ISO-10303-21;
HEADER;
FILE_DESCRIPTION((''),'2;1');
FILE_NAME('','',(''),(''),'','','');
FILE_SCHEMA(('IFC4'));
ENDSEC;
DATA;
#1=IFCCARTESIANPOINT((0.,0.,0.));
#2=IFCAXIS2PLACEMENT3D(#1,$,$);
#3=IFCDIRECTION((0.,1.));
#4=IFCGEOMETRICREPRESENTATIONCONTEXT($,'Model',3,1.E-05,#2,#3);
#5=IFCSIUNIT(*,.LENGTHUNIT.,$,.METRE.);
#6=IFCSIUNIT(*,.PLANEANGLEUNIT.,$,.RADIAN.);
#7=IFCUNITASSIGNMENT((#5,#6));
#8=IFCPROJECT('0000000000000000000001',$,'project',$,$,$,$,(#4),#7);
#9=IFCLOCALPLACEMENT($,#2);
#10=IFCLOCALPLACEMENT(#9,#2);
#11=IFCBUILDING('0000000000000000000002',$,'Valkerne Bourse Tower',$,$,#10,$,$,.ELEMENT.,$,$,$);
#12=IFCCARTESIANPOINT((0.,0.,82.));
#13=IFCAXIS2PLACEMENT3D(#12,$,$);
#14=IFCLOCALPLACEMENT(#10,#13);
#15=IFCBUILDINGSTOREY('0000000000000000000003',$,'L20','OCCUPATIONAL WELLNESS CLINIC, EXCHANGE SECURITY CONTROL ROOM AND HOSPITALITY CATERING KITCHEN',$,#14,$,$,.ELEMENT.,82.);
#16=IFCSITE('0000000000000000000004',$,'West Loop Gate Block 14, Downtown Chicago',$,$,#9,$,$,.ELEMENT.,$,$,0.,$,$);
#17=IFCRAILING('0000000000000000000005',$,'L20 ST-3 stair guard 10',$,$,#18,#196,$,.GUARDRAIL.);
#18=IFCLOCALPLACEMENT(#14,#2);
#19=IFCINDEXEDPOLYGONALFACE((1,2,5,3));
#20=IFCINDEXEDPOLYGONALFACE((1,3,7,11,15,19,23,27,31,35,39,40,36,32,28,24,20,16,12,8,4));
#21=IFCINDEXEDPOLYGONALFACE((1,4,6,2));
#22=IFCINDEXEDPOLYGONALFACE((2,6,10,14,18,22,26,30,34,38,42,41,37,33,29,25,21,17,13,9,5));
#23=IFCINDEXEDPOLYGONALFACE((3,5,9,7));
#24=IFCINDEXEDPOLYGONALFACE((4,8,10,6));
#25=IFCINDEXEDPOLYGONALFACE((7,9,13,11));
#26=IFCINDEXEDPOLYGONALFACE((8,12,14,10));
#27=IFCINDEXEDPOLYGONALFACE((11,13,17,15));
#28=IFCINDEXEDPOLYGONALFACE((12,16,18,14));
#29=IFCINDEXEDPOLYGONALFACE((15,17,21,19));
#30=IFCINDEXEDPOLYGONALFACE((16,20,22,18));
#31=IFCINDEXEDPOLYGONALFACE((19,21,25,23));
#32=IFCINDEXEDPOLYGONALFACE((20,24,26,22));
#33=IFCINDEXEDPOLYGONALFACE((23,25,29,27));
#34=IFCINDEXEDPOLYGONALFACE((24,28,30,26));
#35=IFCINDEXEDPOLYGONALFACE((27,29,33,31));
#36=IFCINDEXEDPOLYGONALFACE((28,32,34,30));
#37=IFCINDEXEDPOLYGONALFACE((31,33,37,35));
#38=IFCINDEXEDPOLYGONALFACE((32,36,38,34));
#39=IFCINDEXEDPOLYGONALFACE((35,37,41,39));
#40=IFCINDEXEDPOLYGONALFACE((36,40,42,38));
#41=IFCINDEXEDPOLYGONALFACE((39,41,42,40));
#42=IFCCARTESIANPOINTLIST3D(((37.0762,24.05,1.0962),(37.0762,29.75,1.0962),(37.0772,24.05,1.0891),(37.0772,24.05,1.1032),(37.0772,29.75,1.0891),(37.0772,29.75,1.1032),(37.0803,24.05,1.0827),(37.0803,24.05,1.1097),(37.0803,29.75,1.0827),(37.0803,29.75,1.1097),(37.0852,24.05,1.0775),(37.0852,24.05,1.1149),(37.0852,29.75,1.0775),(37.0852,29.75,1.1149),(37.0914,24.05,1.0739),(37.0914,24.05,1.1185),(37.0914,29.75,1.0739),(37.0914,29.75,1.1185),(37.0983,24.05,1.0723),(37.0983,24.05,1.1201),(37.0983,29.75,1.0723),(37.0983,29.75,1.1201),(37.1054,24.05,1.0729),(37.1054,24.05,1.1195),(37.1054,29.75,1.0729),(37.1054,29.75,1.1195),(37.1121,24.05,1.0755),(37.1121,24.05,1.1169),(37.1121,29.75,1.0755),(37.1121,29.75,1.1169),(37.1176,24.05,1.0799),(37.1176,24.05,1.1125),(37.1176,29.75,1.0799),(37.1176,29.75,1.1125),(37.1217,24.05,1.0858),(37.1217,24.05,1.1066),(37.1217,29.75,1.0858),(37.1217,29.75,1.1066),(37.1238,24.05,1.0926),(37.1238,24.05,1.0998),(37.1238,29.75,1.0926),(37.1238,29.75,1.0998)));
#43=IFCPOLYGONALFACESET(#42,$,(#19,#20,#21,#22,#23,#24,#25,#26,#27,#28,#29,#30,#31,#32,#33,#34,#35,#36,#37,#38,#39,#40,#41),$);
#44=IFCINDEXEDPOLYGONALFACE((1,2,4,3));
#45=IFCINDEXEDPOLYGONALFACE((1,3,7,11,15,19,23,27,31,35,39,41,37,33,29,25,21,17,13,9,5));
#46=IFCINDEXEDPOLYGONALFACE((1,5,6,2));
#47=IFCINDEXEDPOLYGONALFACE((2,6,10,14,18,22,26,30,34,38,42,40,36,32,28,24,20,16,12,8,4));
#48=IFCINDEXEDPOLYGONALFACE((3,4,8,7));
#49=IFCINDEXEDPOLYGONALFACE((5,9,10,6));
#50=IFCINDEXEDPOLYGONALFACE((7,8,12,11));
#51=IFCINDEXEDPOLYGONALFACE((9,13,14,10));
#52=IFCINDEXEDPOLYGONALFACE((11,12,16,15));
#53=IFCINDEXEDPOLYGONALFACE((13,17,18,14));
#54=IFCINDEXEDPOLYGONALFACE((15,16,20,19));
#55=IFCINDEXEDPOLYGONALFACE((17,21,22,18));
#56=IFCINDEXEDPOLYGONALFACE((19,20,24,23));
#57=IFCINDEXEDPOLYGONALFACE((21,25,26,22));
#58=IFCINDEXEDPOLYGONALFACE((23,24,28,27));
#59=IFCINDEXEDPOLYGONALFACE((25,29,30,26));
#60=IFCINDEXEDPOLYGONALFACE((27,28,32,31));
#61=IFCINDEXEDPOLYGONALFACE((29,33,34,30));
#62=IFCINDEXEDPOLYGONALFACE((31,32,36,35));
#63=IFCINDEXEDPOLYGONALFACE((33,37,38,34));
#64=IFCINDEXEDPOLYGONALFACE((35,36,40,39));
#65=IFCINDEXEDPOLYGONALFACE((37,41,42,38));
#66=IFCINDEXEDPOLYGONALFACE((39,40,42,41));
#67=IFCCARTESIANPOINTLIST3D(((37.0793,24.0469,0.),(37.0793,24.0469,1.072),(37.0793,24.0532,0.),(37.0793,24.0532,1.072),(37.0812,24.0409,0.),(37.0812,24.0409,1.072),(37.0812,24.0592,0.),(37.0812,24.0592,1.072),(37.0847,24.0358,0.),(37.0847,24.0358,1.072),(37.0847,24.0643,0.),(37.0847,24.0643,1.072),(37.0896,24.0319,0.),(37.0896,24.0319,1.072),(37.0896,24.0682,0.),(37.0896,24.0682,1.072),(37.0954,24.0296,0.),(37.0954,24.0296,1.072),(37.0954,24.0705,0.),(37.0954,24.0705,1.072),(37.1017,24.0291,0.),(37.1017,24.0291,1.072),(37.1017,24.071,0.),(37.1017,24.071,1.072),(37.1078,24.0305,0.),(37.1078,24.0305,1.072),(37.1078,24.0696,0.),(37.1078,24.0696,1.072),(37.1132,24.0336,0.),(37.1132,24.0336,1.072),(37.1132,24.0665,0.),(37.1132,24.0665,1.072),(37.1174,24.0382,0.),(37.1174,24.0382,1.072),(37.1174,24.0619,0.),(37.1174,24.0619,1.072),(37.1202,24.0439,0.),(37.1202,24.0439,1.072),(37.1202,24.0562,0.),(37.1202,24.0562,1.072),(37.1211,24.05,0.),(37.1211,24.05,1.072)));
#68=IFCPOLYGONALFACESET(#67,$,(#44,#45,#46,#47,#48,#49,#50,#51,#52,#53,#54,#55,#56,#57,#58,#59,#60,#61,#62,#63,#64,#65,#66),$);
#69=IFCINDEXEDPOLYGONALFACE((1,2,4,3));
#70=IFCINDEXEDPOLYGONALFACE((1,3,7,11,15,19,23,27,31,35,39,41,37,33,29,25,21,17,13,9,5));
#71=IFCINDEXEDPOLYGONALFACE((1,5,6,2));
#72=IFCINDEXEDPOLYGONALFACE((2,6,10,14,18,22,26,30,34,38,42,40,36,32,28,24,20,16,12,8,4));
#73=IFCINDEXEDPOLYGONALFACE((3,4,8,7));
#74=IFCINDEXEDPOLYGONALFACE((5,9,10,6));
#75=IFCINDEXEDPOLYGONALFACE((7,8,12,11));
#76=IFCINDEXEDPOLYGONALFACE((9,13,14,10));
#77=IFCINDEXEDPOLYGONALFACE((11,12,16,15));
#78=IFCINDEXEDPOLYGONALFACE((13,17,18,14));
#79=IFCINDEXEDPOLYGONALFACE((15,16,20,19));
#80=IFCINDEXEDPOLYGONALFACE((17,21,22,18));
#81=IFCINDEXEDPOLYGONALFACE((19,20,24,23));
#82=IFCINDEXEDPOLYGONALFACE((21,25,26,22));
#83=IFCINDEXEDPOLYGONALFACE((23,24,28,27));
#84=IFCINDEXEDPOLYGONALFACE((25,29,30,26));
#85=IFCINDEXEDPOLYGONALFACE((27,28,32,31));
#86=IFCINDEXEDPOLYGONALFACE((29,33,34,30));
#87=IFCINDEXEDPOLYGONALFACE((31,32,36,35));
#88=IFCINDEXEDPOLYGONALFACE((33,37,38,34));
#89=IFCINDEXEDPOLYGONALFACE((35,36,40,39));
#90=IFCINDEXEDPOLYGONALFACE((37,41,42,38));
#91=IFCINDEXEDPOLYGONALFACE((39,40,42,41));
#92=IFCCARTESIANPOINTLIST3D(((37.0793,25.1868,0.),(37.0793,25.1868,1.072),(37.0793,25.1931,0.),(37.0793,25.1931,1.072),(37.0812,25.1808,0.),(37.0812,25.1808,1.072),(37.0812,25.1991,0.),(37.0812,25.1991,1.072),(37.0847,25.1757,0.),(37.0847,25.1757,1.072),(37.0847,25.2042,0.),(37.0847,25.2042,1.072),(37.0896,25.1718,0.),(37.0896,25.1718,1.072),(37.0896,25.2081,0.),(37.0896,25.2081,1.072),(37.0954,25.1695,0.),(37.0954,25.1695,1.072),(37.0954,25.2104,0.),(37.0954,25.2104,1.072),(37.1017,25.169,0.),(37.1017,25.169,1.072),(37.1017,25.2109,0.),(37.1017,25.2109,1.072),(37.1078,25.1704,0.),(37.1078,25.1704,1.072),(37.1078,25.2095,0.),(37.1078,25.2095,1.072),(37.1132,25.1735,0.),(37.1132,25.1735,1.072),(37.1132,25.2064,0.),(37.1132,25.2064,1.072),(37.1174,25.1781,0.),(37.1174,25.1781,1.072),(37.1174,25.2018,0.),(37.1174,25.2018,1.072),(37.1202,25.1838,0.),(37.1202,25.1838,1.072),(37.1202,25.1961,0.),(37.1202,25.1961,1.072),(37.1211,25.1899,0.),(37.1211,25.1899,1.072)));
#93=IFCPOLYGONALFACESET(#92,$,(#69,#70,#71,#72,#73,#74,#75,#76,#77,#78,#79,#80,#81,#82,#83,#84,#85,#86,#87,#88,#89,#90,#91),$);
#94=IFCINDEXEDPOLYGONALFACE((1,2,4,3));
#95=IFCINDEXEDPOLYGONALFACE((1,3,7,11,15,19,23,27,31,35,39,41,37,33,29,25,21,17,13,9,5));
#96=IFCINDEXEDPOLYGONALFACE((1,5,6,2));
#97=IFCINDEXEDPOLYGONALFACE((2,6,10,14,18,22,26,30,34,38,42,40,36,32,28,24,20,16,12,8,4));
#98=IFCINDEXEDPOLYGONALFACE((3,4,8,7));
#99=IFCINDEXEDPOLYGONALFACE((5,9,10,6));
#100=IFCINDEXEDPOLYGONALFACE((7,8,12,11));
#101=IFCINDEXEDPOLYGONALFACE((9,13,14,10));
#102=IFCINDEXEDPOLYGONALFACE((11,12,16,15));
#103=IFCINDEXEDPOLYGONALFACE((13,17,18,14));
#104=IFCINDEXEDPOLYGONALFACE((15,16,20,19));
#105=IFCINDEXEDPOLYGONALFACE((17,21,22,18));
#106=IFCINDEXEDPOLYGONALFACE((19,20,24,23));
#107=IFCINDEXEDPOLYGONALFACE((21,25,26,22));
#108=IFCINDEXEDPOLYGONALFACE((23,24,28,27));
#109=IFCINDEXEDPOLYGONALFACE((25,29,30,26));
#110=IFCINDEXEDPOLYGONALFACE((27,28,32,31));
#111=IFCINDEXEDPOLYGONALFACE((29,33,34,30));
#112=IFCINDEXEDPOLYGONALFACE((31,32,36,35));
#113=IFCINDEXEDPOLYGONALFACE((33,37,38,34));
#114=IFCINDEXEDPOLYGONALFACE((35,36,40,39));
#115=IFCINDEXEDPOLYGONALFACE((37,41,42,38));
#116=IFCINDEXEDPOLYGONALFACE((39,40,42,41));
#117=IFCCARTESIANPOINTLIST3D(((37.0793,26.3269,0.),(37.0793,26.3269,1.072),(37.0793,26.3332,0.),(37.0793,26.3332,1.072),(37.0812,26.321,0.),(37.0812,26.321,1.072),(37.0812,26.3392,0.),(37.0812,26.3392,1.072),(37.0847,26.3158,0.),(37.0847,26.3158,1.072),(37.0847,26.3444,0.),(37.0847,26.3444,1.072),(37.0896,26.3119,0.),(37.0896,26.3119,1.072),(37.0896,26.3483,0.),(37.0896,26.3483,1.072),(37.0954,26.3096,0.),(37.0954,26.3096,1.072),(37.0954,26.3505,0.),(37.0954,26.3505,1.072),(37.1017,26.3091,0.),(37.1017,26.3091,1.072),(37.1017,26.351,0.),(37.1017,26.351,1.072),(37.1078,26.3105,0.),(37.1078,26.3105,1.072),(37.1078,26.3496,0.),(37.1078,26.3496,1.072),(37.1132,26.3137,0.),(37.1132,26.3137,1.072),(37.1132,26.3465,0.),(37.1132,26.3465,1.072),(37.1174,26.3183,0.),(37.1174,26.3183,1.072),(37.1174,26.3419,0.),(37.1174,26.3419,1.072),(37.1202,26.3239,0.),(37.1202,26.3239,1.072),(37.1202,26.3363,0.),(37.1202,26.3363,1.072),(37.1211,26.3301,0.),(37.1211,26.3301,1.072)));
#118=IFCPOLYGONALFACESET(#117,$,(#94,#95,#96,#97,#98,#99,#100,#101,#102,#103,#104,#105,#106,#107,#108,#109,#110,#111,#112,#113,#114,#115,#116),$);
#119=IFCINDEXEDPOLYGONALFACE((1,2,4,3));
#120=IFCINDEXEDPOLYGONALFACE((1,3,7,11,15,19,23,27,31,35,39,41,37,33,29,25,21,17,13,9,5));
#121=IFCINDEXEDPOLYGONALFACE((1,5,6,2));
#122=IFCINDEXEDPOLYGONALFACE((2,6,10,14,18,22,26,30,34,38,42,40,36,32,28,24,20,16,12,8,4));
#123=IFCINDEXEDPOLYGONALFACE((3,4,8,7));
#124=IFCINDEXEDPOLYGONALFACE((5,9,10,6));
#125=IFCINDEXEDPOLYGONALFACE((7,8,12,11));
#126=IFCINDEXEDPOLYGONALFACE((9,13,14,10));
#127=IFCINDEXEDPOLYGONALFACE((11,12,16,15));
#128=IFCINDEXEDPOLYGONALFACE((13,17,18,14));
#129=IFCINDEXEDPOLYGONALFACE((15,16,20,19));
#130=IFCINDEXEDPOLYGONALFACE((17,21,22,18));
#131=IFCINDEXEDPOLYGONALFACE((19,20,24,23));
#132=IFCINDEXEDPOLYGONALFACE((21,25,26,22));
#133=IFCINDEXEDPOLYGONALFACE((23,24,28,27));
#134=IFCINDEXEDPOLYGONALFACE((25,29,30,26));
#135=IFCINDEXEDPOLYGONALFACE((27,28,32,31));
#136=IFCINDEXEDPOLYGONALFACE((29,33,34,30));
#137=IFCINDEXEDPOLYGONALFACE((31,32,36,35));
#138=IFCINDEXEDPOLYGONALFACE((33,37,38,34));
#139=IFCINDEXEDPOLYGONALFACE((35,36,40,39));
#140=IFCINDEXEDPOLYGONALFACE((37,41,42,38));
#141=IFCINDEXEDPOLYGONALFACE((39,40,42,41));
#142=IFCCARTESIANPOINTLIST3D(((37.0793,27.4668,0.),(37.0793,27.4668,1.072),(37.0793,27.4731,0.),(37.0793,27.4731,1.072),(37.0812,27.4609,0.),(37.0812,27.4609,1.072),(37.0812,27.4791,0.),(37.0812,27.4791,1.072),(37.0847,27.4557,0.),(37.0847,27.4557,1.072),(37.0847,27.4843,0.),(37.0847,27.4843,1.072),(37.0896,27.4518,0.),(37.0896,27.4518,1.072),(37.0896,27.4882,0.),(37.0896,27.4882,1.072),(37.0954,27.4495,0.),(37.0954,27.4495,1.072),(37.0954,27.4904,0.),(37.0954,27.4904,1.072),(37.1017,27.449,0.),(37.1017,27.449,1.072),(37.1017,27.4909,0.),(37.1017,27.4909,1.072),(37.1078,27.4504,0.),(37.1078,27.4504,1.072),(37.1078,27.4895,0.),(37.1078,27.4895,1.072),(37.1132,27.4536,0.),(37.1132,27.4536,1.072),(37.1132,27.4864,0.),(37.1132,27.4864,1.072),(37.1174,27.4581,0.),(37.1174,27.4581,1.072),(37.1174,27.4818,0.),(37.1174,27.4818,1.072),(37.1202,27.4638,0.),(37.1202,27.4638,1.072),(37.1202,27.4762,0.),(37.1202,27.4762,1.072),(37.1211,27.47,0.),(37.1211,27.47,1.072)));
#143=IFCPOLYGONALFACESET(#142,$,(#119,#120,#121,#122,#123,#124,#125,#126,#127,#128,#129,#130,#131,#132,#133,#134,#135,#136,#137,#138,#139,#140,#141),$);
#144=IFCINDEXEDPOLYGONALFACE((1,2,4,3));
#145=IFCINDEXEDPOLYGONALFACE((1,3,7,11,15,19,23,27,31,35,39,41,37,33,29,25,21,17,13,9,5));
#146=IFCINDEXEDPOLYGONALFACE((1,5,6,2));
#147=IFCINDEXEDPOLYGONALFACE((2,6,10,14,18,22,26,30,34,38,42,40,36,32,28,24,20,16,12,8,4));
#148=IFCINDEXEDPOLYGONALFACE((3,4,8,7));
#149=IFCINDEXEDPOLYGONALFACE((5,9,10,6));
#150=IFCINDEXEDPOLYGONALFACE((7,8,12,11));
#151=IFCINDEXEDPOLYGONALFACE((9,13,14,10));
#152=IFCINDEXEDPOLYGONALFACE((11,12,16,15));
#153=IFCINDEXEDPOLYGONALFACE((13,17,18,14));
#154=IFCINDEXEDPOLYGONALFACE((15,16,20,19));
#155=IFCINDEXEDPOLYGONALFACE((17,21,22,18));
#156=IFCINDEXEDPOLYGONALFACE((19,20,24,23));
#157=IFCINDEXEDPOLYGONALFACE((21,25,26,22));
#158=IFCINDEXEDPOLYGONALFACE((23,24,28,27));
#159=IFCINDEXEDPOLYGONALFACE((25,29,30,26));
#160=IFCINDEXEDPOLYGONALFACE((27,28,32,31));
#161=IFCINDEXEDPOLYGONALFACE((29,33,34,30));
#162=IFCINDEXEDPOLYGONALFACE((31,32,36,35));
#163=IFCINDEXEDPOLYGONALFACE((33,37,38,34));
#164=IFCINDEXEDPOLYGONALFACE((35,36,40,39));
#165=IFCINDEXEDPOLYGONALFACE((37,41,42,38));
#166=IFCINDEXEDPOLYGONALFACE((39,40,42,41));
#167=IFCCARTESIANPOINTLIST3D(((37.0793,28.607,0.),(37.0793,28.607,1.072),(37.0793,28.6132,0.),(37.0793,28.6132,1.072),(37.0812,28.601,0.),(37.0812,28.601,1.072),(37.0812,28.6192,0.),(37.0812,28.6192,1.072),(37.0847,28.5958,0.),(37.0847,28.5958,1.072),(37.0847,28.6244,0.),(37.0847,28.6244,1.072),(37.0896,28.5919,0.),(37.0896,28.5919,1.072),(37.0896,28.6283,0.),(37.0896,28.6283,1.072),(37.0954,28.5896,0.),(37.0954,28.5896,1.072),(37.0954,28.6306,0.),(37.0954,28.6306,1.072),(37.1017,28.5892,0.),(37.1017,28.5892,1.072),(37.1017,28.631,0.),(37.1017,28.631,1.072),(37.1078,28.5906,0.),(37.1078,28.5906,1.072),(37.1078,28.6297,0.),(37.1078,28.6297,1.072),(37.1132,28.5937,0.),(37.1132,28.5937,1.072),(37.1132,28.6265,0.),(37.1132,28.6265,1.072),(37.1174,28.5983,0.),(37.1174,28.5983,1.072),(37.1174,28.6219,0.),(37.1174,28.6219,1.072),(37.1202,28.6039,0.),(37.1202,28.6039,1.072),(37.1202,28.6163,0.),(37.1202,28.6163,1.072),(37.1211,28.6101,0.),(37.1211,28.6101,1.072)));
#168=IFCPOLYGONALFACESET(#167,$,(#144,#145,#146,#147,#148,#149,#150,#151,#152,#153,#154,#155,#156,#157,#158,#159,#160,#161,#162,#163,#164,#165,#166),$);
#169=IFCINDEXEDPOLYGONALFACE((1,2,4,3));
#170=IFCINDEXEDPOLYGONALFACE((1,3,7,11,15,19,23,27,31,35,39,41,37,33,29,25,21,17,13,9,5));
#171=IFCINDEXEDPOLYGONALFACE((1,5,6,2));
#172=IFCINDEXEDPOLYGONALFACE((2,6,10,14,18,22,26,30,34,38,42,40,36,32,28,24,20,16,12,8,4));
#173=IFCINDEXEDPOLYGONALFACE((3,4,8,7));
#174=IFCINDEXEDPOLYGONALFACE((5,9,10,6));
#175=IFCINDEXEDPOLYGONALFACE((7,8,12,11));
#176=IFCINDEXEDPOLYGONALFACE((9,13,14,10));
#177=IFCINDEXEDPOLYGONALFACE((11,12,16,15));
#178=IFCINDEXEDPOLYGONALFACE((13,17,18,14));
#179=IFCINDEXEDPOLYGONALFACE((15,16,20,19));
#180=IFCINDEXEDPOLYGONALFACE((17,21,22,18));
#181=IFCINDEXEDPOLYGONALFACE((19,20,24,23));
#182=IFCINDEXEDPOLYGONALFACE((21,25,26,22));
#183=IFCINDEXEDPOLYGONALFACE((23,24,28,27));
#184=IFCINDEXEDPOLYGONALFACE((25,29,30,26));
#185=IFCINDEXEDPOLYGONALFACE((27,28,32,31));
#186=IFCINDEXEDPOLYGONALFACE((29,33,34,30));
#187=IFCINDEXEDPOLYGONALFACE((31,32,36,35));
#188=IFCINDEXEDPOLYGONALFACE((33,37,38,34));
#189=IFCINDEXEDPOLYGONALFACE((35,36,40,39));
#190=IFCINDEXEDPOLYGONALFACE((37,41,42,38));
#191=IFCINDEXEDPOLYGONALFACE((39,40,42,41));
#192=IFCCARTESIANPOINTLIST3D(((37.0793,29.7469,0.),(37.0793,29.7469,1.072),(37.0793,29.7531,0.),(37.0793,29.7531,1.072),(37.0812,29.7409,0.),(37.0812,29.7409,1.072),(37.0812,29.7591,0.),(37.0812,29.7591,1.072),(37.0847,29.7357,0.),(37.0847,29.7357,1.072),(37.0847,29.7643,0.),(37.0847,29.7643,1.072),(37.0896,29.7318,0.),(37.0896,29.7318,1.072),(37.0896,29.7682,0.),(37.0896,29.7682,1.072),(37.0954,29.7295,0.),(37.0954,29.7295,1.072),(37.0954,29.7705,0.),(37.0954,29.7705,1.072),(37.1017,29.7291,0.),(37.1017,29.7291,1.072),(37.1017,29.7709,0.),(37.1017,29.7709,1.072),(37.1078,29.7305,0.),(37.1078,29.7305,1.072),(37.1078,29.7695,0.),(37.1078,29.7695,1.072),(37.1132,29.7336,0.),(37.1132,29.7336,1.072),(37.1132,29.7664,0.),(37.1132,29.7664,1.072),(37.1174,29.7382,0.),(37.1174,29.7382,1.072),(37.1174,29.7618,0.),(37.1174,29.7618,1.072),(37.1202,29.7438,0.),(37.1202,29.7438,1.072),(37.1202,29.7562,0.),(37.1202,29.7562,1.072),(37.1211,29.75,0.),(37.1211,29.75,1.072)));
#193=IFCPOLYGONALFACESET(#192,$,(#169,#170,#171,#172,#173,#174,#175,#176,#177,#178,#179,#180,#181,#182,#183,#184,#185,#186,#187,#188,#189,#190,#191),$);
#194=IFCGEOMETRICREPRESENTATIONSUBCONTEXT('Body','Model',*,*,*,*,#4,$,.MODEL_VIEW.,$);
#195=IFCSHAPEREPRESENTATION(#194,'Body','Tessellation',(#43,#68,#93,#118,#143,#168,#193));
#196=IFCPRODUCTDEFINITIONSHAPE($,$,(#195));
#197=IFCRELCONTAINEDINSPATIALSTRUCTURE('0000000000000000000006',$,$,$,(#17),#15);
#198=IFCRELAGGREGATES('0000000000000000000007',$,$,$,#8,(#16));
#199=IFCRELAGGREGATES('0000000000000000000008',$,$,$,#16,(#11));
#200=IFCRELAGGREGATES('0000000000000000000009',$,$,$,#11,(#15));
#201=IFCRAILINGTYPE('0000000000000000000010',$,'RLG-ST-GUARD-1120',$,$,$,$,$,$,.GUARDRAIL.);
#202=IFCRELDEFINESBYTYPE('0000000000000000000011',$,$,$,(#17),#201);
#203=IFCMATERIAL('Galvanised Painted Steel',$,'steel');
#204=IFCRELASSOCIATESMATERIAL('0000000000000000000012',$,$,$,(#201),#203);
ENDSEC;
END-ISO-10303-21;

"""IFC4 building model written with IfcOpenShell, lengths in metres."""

from ifc_helpers import new_model, si_unit, direction, frame, origin, origin_2d, place, context, subcontext, project, spatial, circle, extrude, material, type_object, element, save


model = new_model("IFC4")

# Units and contexts
model_context = context("Model", 3, precision=1e-05, world=origin(), true_north=direction((0.0, 1.0)))
body_context = subcontext(model_context, "Body", "Model", "MODEL_VIEW")
ifc_project = project(units=[si_unit("LENGTHUNIT", "METRE"), si_unit("PLANEANGLEUNIT", "RADIAN")], contexts=[model_context])

# Site, building, storey
site_placement = place(None, origin())
site = spatial("IfcSite", under=ifc_project, at=site_placement, Name="West Loop Gate Block 14, Downtown Chicago", CompositionType="ELEMENT", RefElevation=0.0)
building_placement = place(site_placement, origin())
building = spatial("IfcBuilding", under=site, at=building_placement, Name="Valkerne Bourse Tower", CompositionType="ELEMENT")
storey_placement = place(building_placement, frame((0.0, 0.0, 82.0)))
storey = spatial("IfcBuildingStorey", under=building, at=storey_placement, Name="L20", Description="OCCUPATIONAL WELLNESS CLINIC, EXCHANGE SECURITY CONTROL ROOM AND HOSPITALITY CATERING KITCHEN", CompositionType="ELEMENT", Elevation=82.0)

# Shared definitions
ifc_material_1 = material(Name="Galvanised Painted Steel", Category="steel")

# Railing
railing_type_1 = type_object("IfcRailingType", Name="RLG-ST-GUARD-1120", PredefinedType="GUARDRAIL", material=ifc_material_1)
for number, where, name in (
    (1, (37.1001, 24.05, 0.0), "L20 ST-3 stair guard 10"),
):
    element("IfcRailing", number, at=place(storey_placement, frame(where)), inside=storey, type_object=railing_type_1, Name=name, PredefinedType="GUARDRAIL", context=body_context, shape_type="SweptSolid", body=[
        extrude(circle(Radius=0.0239, at=origin_2d()), frame((0.0, 0.0, 1.0962), z_axis=(0.0, 1.0, 0.0), x_axis=(-1.0, 0.0, 0.0)), (0.0, 0.0, 1.0), 5.7),
        extrude(circle(Radius=0.021, at=origin_2d()), origin(), (0.0, 0.0, 1.0), 1.072),
        extrude(circle(Radius=0.021, at=origin_2d()), frame((0.0, 1.1399, 0.0)), (0.0, 0.0, 1.0), 1.072),
        extrude(circle(Radius=0.021, at=origin_2d()), frame((0.0, 2.28, 0.0)), (0.0, 0.0, 1.0), 1.072),
        extrude(circle(Radius=0.021, at=origin_2d()), frame((0.0, 3.4199, 0.0)), (0.0, 0.0, 1.0), 1.072),
        extrude(circle(Radius=0.021, at=origin_2d()), frame((0.0, 4.5601, 0.0)), (0.0, 0.0, 1.0), 1.072),
        extrude(circle(Radius=0.021, at=origin_2d()), frame((0.0, 5.7, 0.0)), (0.0, 0.0, 1.0), 1.072),
    ])

save(model, "model.ifc")
